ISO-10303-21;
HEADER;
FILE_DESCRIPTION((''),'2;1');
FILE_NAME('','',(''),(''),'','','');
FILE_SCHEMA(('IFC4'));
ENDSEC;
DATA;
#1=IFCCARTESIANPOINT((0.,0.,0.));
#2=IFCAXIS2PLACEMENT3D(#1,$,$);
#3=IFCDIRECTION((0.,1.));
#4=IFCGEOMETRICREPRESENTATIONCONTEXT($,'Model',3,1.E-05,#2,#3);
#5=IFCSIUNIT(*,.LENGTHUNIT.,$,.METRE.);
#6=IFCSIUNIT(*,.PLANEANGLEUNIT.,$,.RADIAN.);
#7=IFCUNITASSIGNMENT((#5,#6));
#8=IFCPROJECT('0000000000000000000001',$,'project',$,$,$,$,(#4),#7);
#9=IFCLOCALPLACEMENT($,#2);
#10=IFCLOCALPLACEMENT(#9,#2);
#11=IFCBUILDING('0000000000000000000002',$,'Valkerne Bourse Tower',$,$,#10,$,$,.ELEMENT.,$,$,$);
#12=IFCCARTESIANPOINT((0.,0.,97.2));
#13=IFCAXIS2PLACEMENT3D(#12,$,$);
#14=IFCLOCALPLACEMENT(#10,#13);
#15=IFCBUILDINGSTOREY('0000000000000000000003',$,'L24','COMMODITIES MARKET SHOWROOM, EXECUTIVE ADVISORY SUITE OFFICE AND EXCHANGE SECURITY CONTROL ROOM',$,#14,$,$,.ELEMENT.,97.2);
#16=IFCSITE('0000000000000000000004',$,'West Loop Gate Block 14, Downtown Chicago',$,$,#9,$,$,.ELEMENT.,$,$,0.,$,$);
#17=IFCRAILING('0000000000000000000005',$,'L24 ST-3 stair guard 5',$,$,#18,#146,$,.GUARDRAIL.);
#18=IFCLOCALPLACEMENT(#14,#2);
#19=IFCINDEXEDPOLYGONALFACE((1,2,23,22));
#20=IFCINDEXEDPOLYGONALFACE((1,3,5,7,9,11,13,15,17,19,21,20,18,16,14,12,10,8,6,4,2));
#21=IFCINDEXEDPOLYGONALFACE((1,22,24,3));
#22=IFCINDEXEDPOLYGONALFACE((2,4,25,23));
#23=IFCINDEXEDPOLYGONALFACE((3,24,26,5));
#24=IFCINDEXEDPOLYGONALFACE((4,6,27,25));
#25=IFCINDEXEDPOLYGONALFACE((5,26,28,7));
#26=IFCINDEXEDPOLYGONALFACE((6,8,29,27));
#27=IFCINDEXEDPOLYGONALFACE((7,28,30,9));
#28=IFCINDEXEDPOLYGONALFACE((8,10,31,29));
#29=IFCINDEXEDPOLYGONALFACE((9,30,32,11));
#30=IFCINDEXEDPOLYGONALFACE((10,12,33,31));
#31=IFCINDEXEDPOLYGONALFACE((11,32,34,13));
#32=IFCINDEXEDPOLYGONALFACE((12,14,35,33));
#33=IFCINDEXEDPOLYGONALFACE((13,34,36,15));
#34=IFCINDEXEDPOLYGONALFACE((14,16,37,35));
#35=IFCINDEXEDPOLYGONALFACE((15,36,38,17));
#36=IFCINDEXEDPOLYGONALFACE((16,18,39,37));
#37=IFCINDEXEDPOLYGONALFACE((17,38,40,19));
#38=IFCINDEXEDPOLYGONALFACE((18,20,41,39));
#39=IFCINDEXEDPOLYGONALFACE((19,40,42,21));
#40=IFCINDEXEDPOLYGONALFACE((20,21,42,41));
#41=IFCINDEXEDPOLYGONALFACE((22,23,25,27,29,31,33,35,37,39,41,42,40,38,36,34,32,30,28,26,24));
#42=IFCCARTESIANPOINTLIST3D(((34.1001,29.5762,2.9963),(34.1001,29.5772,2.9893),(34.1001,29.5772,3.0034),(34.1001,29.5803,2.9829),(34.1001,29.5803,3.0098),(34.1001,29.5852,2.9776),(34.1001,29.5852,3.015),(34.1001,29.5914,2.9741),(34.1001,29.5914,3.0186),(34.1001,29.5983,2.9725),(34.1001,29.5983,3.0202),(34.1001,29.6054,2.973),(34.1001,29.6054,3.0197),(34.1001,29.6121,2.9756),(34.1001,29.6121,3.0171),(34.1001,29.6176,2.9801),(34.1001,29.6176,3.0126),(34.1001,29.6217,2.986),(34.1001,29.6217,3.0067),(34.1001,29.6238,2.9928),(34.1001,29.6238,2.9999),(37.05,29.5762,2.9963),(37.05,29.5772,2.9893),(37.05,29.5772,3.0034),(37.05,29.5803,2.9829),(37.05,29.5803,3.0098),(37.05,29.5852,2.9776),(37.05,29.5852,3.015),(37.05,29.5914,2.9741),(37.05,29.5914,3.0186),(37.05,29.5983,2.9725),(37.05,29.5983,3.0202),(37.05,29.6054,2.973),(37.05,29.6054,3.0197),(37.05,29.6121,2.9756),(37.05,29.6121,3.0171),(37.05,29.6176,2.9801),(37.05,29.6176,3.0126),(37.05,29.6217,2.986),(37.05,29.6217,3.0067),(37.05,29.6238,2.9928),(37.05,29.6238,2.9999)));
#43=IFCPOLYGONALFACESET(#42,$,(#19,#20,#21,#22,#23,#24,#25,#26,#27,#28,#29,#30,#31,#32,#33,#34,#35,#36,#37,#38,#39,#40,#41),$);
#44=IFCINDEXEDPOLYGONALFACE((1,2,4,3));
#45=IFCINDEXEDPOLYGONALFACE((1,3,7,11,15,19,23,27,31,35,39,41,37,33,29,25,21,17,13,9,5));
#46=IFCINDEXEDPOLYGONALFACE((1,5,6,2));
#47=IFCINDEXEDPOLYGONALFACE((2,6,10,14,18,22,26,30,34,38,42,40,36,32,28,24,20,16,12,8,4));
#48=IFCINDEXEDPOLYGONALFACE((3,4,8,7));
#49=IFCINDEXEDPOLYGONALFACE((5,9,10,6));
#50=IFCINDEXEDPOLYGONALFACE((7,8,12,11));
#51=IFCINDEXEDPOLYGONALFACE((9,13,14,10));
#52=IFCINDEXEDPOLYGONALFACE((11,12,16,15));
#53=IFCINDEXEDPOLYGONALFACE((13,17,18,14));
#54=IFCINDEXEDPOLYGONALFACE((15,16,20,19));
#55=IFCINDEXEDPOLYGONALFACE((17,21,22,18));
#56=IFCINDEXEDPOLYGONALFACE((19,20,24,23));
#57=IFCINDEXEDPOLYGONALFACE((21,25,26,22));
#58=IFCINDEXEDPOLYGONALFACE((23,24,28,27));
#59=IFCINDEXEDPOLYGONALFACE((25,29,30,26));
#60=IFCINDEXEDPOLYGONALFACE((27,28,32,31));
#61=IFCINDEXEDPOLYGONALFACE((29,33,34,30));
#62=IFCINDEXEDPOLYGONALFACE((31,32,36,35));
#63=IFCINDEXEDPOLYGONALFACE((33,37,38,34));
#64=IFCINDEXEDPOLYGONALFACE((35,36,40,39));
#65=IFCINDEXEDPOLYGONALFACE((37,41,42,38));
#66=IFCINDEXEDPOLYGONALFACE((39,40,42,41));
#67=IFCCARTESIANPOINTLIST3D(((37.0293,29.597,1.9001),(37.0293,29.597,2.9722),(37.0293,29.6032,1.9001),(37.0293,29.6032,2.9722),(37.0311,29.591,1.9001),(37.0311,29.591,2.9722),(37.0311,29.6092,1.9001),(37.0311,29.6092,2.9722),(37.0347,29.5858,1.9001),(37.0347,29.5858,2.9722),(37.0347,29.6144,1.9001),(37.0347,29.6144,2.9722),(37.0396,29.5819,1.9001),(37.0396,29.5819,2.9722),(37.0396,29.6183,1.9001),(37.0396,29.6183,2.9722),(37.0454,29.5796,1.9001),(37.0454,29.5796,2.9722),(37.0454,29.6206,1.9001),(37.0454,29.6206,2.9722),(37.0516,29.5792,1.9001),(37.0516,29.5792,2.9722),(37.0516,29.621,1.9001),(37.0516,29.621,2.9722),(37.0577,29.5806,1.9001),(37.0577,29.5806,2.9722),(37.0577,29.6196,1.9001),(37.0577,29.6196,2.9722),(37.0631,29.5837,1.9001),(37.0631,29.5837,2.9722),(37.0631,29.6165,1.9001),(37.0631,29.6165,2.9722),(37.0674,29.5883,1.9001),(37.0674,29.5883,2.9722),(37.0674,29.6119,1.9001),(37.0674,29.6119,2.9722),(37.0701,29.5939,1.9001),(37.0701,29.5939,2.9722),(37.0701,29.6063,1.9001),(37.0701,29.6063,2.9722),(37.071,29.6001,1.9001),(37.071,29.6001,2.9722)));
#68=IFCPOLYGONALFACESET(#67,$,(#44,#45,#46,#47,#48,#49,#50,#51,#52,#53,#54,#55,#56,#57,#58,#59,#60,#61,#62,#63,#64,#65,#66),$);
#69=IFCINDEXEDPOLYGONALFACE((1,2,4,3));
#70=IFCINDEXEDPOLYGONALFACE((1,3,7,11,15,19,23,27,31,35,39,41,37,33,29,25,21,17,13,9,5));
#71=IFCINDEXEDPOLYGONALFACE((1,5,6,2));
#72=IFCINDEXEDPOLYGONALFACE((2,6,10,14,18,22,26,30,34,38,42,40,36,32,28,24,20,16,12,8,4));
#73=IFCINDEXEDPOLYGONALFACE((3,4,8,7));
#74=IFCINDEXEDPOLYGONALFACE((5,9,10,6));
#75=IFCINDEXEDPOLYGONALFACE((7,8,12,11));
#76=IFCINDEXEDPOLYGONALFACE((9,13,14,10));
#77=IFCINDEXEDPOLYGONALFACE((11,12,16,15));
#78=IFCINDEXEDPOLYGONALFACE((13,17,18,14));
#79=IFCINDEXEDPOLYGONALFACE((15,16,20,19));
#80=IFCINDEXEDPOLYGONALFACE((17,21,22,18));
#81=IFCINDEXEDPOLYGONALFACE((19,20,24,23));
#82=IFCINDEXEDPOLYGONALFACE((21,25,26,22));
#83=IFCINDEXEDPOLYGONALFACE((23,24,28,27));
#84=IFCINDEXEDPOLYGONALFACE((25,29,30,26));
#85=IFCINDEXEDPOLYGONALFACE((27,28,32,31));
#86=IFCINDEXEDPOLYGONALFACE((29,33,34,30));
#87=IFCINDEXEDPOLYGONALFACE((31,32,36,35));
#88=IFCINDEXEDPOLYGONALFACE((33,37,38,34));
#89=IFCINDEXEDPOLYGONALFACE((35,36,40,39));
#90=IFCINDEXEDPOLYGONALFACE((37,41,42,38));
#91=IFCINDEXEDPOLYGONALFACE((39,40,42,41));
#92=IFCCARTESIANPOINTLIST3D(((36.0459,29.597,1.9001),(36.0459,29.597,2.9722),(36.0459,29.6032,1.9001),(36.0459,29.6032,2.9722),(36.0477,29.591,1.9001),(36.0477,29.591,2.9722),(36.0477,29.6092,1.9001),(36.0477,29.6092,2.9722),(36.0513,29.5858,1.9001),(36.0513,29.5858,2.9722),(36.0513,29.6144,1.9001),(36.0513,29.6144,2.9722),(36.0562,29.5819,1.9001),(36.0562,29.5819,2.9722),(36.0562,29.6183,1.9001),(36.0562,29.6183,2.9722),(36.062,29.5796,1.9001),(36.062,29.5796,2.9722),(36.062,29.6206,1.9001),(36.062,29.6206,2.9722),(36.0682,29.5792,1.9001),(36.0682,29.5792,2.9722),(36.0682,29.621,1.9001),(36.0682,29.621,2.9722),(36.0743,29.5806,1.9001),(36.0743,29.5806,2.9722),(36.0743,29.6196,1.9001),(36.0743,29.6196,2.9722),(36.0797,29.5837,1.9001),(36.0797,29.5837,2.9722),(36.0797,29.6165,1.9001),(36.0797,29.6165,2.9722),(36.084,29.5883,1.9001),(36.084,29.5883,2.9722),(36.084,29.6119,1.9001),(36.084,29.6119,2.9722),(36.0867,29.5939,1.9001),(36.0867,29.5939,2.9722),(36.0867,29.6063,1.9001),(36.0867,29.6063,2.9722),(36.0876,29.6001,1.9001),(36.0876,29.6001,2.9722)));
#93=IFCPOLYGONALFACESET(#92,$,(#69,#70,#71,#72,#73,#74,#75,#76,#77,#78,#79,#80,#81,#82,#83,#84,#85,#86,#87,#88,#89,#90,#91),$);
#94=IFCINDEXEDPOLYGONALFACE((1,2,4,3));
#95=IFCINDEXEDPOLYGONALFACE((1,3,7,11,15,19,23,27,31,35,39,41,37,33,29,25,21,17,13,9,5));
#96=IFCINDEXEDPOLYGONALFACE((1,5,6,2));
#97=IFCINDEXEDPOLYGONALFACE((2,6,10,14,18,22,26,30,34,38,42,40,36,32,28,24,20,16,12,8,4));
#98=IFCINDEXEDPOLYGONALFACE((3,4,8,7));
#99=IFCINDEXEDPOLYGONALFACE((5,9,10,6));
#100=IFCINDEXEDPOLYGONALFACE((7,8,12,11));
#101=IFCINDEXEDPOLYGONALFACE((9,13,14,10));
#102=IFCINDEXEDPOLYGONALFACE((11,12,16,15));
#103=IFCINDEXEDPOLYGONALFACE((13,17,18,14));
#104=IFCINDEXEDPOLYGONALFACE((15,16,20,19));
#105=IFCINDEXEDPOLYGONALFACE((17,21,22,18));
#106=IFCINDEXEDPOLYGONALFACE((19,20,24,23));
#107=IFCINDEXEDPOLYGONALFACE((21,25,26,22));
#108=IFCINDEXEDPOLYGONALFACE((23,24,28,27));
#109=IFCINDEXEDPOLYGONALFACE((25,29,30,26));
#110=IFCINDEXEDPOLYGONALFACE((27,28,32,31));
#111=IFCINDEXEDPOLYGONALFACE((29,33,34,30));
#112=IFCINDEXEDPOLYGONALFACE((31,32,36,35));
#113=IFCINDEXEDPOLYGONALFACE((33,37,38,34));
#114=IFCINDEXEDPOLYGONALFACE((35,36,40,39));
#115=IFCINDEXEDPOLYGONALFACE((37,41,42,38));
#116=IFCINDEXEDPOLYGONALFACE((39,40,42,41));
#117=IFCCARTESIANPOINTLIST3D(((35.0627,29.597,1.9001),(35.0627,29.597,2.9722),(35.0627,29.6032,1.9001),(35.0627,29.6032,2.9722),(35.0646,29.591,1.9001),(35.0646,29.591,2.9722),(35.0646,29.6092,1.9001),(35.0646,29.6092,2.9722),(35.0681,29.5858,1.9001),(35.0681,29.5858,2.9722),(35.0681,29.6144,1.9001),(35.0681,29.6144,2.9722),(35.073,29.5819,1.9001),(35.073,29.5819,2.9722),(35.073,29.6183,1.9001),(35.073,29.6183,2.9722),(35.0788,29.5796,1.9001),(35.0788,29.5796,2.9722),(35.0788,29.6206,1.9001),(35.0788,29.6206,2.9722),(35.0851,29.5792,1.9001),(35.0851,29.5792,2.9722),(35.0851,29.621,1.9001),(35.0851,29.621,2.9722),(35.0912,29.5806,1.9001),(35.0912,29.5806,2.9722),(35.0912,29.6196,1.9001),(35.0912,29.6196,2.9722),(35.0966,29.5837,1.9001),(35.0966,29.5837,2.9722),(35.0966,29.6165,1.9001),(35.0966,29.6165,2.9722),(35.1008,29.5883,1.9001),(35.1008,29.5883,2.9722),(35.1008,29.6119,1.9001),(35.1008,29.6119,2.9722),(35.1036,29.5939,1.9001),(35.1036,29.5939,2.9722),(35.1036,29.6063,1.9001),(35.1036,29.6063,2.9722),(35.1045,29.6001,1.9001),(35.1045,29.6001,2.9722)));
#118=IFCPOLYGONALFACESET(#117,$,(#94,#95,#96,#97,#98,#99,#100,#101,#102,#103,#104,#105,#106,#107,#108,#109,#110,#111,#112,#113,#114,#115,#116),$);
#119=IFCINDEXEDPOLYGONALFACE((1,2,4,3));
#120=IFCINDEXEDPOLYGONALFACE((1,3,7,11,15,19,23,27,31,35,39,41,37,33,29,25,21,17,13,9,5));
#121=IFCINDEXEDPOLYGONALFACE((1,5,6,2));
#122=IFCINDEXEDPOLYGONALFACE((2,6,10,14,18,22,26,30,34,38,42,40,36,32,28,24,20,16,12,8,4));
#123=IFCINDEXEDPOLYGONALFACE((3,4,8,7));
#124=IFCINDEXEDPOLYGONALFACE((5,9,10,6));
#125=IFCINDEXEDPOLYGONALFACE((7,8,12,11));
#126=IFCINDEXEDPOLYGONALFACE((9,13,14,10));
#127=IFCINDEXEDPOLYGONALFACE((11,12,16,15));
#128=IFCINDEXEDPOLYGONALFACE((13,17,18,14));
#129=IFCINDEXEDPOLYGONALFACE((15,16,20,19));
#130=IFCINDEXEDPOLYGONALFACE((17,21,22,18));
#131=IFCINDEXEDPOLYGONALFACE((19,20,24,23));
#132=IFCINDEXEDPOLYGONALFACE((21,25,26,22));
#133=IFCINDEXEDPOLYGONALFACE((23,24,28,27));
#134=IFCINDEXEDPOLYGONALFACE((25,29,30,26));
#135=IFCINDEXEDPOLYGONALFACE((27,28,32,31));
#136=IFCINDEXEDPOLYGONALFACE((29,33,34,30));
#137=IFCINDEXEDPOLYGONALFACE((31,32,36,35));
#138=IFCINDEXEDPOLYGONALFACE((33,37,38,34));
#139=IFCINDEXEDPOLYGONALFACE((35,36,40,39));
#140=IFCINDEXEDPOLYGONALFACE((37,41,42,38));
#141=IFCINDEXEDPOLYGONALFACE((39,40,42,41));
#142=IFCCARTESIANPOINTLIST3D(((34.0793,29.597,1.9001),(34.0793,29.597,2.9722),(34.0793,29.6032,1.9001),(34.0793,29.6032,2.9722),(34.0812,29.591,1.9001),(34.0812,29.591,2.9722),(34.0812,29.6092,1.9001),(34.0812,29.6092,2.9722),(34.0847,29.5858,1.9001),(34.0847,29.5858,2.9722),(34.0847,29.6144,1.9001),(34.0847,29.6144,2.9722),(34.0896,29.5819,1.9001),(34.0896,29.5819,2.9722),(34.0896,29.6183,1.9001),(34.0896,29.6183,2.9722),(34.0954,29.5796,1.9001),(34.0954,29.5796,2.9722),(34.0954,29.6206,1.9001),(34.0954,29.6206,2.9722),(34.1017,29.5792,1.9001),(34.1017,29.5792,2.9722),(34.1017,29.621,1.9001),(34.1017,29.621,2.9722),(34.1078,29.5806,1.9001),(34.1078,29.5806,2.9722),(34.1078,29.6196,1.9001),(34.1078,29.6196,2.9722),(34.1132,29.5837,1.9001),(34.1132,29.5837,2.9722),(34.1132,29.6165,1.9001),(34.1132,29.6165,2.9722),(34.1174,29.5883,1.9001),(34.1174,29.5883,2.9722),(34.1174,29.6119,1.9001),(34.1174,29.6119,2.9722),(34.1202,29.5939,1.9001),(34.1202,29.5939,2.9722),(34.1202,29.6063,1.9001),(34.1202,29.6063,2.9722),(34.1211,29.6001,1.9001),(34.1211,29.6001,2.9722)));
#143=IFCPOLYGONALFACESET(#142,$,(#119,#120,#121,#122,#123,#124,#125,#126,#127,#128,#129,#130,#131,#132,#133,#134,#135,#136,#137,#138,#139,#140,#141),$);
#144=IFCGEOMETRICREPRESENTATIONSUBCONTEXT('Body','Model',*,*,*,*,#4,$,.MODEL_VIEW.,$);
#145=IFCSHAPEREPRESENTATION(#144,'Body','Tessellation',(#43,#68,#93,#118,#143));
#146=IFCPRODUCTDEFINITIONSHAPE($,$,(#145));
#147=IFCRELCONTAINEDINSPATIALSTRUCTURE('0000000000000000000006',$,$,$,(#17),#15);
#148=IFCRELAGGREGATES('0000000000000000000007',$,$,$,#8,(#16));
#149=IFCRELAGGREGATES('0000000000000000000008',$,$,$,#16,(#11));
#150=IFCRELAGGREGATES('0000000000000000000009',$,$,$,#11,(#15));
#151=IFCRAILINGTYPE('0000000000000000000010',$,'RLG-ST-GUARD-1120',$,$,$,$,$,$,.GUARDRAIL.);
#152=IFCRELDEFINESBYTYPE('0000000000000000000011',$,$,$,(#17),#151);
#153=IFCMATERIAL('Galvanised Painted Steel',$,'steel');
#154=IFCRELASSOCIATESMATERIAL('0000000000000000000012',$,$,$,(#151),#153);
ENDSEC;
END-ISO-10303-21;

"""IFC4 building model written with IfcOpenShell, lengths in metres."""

from ifc_helpers import new_model, si_unit, direction, frame, origin, origin_2d, place, context, subcontext, project, spatial, circle, extrude, material, type_object, element, save


model = new_model("IFC4")

# Units and contexts
model_context = context("Model", 3, precision=1e-05, world=origin(), true_north=direction((0.0, 1.0)))
body_context = subcontext(model_context, "Body", "Model", "MODEL_VIEW")
ifc_project = project(units=[si_unit("LENGTHUNIT", "METRE"), si_unit("PLANEANGLEUNIT", "RADIAN")], contexts=[model_context])

# Site, building, storey
site_placement = place(None, origin())
site = spatial("IfcSite", under=ifc_project, at=site_placement, Name="West Loop Gate Block 14, Downtown Chicago", CompositionType="ELEMENT", RefElevation=0.0)
building_placement = place(site_placement, origin())
building = spatial("IfcBuilding", under=site, at=building_placement, Name="Valkerne Bourse Tower", CompositionType="ELEMENT")
storey_placement = place(building_placement, frame((0.0, 0.0, 97.2)))
storey = spatial("IfcBuildingStorey", under=building, at=storey_placement, Name="L24", Description="COMMODITIES MARKET SHOWROOM, EXECUTIVE ADVISORY SUITE OFFICE AND EXCHANGE SECURITY CONTROL ROOM", CompositionType="ELEMENT", Elevation=97.2)

# Shared definitions
ifc_material_1 = material(Name="Galvanised Painted Steel", Category="steel")

# Railing
railing_type_1 = type_object("IfcRailingType", Name="RLG-ST-GUARD-1120", PredefinedType="GUARDRAIL", material=ifc_material_1)
railing_1_placement = place(storey_placement, frame((37.05, 29.6001, 1.9001)))
element("IfcRailing", 1, at=railing_1_placement, inside=storey, type_object=railing_type_1, Name="L24 ST-3 stair guard 5", PredefinedType="GUARDRAIL", context=body_context, shape_type="SweptSolid", body=[
    extrude(circle(Radius=0.0239, at=origin_2d()), frame((0.0, 0.0, 1.0962), z_axis=(-1.0, 0.0, 0.0), x_axis=(0.0, -1.0, 0.0)), (0.0, 0.0, 1.0), 2.95),
    extrude(circle(Radius=0.021, at=origin_2d()), origin(), (0.0, 0.0, 1.0), 1.072),
    extrude(circle(Radius=0.021, at=origin_2d()), frame((-0.9834, 0.0, 0.0)), (0.0, 0.0, 1.0), 1.072),
    extrude(circle(Radius=0.021, at=origin_2d()), frame((-1.9666, 0.0, 0.0)), (0.0, 0.0, 1.0), 1.072),
    extrude(circle(Radius=0.021, at=origin_2d()), frame((-2.95, 0.0, 0.0)), (0.0, 0.0, 1.0), 1.072),
])

save(model, "model.ifc")
